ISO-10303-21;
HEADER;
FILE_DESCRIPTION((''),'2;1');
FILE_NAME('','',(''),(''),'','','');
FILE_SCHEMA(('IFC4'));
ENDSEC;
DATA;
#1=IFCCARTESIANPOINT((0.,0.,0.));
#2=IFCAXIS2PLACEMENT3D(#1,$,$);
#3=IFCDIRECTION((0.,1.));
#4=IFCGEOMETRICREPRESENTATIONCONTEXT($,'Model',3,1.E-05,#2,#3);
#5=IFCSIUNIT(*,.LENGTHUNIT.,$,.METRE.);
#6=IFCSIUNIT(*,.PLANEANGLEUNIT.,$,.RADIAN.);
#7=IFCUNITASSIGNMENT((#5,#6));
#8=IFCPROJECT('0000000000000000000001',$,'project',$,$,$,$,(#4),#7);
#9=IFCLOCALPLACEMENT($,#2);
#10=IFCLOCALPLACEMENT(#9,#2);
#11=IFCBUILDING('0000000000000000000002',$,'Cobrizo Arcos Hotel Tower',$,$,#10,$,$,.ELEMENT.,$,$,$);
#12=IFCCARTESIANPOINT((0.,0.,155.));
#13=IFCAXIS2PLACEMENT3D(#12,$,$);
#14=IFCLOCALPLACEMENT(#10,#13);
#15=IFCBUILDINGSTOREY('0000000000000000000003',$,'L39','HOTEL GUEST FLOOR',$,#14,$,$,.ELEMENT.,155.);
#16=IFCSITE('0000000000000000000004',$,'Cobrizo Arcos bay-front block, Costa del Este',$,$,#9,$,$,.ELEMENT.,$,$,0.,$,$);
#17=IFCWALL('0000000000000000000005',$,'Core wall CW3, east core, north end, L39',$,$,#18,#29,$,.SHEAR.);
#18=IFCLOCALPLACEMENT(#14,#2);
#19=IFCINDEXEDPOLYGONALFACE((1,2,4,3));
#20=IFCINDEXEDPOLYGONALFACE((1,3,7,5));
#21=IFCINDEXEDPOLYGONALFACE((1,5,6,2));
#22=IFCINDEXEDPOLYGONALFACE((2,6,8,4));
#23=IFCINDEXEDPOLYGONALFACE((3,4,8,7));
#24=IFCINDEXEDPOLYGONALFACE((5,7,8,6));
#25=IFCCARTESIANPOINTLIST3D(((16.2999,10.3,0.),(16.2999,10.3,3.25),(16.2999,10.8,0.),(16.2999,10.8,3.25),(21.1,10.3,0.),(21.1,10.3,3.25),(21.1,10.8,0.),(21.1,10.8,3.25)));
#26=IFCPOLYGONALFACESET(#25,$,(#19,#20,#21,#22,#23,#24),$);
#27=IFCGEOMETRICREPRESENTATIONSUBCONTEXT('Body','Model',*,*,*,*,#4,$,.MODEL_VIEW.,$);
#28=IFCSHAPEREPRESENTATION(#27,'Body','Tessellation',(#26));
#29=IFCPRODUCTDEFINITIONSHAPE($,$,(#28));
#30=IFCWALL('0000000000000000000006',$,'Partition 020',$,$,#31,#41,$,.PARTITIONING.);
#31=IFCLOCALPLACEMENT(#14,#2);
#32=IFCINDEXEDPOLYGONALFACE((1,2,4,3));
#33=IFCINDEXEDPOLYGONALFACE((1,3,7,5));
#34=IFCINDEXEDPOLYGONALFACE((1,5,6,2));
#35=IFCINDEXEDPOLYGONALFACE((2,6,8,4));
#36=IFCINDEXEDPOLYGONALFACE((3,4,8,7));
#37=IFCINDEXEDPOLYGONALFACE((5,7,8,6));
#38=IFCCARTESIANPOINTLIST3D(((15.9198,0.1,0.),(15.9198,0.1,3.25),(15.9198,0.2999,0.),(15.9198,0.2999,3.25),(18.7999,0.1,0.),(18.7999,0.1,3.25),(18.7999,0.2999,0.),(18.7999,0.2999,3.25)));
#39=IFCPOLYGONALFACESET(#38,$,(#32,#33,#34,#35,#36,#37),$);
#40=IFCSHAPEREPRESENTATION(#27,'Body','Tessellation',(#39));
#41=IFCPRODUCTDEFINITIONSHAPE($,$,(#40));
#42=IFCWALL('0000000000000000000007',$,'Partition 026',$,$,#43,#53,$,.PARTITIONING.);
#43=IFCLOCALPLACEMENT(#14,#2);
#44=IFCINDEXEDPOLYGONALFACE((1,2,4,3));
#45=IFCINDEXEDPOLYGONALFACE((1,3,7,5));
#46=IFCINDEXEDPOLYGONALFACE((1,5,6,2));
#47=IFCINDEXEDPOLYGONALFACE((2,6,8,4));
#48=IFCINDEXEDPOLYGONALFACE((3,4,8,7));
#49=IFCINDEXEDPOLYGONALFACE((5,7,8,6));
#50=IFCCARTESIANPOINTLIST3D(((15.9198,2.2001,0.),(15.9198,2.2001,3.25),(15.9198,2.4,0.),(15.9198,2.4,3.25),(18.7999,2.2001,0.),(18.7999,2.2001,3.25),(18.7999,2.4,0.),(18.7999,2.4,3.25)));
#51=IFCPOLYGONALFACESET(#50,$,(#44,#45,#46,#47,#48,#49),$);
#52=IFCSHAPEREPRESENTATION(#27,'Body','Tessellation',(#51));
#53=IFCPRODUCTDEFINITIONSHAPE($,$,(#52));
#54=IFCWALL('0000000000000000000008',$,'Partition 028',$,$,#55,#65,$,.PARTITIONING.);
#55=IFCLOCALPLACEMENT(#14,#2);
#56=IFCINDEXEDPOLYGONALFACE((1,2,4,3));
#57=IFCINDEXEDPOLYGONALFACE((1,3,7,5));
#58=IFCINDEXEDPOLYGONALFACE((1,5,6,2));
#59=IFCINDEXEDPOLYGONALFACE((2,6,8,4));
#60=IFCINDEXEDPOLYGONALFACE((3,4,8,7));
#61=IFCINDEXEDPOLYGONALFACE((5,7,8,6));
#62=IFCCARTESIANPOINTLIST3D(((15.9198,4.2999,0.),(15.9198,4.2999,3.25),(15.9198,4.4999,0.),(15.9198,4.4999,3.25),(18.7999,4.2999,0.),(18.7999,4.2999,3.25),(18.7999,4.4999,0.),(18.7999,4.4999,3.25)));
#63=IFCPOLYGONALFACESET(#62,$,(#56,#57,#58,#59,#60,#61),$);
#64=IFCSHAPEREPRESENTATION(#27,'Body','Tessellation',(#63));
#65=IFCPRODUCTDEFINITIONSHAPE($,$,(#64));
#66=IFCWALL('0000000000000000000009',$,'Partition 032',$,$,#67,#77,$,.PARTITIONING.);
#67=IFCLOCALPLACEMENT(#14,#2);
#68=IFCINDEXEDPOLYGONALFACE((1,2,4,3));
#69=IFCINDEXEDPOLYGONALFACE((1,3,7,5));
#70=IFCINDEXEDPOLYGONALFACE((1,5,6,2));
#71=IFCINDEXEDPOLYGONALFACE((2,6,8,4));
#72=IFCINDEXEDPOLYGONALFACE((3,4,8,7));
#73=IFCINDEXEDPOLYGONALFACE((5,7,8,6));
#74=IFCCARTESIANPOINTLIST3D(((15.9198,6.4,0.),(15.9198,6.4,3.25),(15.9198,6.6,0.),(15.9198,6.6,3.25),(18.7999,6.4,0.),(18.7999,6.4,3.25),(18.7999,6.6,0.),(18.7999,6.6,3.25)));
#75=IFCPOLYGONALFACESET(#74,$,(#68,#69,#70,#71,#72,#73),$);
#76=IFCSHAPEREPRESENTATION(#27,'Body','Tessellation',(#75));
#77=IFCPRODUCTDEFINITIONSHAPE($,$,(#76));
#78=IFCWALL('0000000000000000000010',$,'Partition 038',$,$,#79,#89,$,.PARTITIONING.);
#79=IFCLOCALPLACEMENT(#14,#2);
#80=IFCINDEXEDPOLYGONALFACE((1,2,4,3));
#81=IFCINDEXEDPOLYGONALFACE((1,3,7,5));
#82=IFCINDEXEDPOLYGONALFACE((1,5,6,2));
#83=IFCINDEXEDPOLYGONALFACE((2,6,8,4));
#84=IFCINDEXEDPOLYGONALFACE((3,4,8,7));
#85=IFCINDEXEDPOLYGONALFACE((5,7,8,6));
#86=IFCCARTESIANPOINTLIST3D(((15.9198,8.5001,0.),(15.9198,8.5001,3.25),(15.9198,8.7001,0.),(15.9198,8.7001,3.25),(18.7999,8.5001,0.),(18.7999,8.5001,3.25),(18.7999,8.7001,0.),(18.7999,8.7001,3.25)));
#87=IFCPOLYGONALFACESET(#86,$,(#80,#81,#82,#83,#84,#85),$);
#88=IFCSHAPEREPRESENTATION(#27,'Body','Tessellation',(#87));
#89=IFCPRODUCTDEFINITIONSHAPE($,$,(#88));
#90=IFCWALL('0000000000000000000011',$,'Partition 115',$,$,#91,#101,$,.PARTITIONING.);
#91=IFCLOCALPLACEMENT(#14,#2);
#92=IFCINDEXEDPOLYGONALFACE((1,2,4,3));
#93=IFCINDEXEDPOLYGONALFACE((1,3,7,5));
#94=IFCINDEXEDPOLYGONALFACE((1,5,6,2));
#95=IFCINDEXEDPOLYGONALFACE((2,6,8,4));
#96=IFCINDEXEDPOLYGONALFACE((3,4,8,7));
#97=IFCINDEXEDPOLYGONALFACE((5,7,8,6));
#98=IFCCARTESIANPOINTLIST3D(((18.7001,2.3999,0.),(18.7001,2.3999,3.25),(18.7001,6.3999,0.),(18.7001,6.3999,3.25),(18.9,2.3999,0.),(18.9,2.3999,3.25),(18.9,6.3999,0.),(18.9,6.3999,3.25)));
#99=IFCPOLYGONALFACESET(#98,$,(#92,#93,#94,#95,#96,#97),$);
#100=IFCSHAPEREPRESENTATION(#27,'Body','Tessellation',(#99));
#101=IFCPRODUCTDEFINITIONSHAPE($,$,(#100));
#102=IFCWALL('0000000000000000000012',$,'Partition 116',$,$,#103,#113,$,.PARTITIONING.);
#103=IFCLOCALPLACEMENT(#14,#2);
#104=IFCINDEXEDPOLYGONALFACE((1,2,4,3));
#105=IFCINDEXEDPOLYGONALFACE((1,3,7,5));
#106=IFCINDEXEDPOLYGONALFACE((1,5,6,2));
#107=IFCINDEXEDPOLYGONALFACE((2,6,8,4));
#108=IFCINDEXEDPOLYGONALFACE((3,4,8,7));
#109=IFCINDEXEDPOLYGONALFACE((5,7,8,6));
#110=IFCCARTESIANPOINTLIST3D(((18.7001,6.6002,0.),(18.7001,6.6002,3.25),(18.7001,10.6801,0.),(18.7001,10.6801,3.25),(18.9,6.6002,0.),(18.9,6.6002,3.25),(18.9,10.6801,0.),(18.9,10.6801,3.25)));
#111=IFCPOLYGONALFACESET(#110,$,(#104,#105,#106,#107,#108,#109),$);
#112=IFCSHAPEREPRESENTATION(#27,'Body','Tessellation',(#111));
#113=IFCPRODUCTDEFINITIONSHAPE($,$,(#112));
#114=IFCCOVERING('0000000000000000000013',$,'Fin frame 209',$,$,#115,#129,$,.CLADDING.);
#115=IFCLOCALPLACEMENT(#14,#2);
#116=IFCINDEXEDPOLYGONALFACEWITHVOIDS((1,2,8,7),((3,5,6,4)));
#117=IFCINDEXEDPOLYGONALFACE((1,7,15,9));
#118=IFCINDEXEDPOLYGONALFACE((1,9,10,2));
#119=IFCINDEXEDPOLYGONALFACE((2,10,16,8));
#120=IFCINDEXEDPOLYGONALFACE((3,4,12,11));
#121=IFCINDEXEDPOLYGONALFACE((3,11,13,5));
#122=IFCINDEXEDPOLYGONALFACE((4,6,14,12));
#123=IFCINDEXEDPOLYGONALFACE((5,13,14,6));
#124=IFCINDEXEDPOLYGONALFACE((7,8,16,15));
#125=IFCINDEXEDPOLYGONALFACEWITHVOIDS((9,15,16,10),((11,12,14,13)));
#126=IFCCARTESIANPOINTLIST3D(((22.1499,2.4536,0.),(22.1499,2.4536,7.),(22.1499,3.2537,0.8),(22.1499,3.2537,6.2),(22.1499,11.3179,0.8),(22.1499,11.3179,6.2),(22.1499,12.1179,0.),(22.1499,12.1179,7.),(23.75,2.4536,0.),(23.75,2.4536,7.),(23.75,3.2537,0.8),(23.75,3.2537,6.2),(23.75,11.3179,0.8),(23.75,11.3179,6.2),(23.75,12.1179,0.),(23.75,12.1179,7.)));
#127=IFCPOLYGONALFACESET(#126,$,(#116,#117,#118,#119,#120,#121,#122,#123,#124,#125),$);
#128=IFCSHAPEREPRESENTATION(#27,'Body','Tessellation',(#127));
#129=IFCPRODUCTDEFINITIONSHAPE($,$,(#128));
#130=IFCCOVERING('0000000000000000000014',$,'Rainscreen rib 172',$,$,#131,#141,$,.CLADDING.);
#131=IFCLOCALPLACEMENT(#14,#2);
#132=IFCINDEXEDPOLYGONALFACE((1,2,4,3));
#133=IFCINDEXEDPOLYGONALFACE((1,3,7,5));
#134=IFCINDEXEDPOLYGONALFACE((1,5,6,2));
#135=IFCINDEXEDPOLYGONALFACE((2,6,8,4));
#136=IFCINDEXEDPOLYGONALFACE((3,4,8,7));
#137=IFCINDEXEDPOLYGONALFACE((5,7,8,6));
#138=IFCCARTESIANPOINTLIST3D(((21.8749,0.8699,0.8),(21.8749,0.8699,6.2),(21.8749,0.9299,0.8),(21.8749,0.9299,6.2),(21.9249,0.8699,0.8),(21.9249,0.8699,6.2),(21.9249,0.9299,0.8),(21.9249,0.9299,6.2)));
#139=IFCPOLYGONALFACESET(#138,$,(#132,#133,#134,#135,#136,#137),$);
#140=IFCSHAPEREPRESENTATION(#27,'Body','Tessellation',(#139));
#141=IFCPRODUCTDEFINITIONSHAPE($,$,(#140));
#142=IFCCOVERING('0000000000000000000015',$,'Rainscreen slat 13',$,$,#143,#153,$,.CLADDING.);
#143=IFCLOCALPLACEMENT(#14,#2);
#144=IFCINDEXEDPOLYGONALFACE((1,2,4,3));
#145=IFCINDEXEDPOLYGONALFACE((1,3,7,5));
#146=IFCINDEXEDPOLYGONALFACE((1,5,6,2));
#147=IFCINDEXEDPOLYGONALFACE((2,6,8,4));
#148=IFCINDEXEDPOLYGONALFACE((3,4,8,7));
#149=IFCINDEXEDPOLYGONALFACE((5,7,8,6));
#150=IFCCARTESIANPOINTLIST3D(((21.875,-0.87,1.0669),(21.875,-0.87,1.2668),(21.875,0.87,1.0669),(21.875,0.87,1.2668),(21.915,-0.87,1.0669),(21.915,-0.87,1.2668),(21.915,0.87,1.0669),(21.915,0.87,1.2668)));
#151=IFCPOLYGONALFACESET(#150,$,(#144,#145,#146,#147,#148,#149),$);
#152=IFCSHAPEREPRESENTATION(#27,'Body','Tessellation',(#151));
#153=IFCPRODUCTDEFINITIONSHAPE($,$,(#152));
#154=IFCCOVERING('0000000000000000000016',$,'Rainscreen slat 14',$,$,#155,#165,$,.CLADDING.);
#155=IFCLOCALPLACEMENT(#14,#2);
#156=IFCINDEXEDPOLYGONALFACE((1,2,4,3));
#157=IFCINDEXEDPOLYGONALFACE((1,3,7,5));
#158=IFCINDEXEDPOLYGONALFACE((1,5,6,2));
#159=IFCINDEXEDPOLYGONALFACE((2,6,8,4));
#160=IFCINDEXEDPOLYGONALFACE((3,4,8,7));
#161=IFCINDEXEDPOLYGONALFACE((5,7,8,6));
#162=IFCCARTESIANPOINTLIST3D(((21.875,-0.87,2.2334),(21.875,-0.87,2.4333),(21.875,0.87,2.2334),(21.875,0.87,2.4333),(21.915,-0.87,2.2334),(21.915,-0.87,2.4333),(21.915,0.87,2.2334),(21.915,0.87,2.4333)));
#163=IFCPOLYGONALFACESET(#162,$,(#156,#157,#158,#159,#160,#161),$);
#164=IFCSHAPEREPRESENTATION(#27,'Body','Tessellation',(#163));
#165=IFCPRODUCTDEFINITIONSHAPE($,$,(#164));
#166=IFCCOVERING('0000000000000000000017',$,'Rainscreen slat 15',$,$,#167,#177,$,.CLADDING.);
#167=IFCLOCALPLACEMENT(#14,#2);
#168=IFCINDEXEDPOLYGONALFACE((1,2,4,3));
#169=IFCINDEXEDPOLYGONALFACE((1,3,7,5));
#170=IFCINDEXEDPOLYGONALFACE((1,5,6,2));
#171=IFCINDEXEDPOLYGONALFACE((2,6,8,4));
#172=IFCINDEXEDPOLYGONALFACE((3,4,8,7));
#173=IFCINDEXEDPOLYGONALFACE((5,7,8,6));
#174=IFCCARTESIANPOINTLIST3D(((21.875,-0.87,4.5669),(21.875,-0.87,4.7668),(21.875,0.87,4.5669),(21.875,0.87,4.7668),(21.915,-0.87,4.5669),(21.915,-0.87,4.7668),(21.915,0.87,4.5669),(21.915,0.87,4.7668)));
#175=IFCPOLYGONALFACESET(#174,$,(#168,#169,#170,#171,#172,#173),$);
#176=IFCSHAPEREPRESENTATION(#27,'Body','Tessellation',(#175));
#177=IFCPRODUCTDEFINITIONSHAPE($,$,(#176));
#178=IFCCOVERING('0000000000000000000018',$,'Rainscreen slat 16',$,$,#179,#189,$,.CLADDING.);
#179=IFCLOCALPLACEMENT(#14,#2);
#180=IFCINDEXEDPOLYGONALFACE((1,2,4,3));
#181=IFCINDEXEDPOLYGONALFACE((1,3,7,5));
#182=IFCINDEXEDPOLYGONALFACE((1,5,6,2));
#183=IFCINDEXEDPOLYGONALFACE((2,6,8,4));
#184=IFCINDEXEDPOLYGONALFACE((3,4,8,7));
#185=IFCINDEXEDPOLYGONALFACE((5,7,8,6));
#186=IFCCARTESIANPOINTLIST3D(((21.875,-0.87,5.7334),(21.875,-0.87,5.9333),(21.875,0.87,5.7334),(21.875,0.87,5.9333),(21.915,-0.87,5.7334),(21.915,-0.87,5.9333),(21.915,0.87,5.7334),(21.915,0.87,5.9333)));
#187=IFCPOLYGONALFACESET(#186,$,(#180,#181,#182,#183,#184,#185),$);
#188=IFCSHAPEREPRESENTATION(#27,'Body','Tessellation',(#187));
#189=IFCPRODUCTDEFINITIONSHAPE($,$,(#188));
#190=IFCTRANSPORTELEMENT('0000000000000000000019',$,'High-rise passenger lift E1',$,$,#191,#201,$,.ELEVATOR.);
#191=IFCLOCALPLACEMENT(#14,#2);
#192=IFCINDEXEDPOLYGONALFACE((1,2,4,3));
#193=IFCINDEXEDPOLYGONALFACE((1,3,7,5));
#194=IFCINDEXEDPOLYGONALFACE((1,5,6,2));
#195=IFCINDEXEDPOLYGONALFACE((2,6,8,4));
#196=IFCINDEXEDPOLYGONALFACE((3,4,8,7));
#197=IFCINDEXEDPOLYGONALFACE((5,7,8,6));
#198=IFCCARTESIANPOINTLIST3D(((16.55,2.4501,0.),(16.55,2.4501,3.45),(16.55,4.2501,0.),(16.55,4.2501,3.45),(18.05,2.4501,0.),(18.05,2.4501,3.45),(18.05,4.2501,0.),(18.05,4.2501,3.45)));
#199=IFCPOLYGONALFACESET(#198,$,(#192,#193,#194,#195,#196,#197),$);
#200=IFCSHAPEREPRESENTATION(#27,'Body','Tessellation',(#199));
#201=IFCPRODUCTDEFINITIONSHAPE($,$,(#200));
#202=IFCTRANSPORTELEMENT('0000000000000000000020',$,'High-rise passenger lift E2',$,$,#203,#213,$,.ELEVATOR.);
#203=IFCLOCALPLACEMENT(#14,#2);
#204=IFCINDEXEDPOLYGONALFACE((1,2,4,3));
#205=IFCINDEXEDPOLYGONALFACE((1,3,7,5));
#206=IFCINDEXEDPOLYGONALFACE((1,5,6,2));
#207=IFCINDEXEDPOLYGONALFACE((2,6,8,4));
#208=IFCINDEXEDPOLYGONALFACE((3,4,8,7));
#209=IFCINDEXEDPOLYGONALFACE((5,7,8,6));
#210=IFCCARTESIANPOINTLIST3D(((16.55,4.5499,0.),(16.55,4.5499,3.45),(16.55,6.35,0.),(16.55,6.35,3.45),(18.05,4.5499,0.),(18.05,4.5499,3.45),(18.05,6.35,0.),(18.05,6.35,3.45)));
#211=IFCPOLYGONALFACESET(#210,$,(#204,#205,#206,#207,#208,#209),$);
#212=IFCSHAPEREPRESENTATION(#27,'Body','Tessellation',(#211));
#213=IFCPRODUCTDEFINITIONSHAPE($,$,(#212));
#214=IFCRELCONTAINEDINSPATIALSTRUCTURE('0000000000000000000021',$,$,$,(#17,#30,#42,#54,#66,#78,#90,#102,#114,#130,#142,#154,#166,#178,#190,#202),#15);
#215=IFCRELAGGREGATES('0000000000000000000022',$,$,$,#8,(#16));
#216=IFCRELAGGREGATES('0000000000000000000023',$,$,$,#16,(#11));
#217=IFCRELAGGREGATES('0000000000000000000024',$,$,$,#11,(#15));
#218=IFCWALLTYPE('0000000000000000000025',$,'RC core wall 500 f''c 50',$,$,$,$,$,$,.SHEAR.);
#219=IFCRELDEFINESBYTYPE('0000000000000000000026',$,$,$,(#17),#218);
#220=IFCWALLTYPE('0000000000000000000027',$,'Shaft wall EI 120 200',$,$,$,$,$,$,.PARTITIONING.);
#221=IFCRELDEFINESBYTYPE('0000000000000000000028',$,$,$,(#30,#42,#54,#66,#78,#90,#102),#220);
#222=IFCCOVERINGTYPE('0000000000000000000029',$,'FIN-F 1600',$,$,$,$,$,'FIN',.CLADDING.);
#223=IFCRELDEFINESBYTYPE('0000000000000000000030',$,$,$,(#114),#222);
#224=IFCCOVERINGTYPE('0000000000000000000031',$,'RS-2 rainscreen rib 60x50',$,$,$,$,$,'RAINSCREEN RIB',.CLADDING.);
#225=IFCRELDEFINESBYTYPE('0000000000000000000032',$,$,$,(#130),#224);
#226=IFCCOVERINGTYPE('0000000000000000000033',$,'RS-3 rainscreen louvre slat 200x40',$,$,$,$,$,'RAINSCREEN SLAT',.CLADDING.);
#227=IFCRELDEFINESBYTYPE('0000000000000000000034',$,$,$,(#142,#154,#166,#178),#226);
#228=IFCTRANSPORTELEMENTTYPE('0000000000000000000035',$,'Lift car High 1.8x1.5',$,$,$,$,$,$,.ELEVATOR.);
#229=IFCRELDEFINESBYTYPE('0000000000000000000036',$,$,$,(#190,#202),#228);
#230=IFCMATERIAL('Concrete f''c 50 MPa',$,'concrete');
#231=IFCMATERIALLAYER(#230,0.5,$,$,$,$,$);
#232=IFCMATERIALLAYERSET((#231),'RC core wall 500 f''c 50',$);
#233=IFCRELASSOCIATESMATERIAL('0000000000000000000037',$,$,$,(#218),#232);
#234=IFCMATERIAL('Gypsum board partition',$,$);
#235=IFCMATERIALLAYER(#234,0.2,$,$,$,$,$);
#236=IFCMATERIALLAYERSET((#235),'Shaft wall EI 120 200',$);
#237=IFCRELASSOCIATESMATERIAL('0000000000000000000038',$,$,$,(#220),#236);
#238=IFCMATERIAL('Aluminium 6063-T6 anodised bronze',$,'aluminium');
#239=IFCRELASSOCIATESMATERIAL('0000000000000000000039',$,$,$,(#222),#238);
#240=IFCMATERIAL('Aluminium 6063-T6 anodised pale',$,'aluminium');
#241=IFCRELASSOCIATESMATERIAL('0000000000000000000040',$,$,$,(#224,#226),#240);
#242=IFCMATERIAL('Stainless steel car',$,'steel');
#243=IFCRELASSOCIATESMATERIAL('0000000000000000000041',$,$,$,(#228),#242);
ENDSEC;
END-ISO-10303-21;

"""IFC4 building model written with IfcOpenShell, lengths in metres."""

from ifc_helpers import new_model, si_unit, direction, frame, frame_2d, origin, origin_2d, place, context, subcontext, project, spatial, polyline, rectangle, outline, extrude, material, layer, layer_set, type_object, element, save


model = new_model("IFC4")

# Units and contexts
model_context = context("Model", 3, precision=1e-05, world=origin(), true_north=direction((0.0, 1.0)))
body_context = subcontext(model_context, "Body", "Model", "MODEL_VIEW")
ifc_project = project(units=[si_unit("LENGTHUNIT", "METRE"), si_unit("PLANEANGLEUNIT", "RADIAN")], contexts=[model_context])

# Site, building, storey
site_placement = place(None, origin())
site = spatial("IfcSite", under=ifc_project, at=site_placement, Name="Cobrizo Arcos bay-front block, Costa del Este", CompositionType="ELEMENT", RefElevation=0.0)
building_placement = place(site_placement, origin())
building = spatial("IfcBuilding", under=site, at=building_placement, Name="Cobrizo Arcos Hotel Tower", CompositionType="ELEMENT")
storey_placement = place(building_placement, frame((0.0, 0.0, 155.0)))
storey = spatial("IfcBuildingStorey", under=building, at=storey_placement, Name="L39", Description="HOTEL GUEST FLOOR", CompositionType="ELEMENT", Elevation=155.0)

# Shared definitions
ifc_material_1 = material(Name="Aluminium 6063-T6 anodised bronze", Category="aluminium")

# Shared definitions
ifc_material_2 = material(Name="Gypsum board partition")

# Walls
ifc_material_3 = material(Name="Concrete f'c 50 MPa", Category="concrete")
ifc_layer_1 = layer(ifc_material_3, 0.5)
ifc_layer_set_1 = layer_set([ifc_layer_1], Name="RC core wall 500 f'c 50")
wall_type_1 = type_object("IfcWallType", Name="RC core wall 500 f'c 50", PredefinedType="SHEAR", material=ifc_layer_set_1)
wall_1_placement = place(storey_placement, frame((16.3, 10.55, 0.0), z_axis=(0.0, 0.0, 1.0), x_axis=(1.0, 0.0, 0.0)))
element("IfcWall", 1, at=wall_1_placement, inside=storey, type_object=wall_type_1, Name="Core wall CW3, east core, north end, L39", PredefinedType="SHEAR", context=body_context, shape_type="SweptSolid", body=[
    extrude(rectangle(XDim=4.8, YDim=0.5, at=frame_2d((2.3999, 0.0))), origin(), (0.0, 0.0, 1.0), 3.25),
])
ifc_layer_2 = layer(ifc_material_2, 0.2)
ifc_layer_set_2 = layer_set([ifc_layer_2], Name="Shaft wall EI 120 200")
wall_type_2 = type_object("IfcWallType", Name="Shaft wall EI 120 200", PredefinedType="PARTITIONING", material=ifc_layer_set_2)
for number, where, z_axis, x_axis, name in (
    (2, (15.9199, 0.2, 0.0), (0.0, 0.0, 1.0), (1.0, 0.0, 0.0), "Partition 020"),
    (3, (15.9199, 2.3, 0.0), (0.0, 0.0, 1.0), (1.0, 0.0, 0.0), "Partition 026"),
    (4, (15.9199, 4.3999, 0.0), (0.0, 0.0, 1.0), (1.0, 0.0, 0.0), "Partition 028"),
    (5, (15.9199, 6.5, 0.0), (0.0, 0.0, 1.0), (1.0, 0.0, 0.0), "Partition 032"),
    (6, (15.9199, 8.6001, 0.0), (0.0, 0.0, 1.0), (1.0, 0.0, 0.0), "Partition 038"),
):
    element("IfcWall", number, at=place(storey_placement, frame(where, z_axis=z_axis, x_axis=x_axis)), inside=storey, type_object=wall_type_2, Name=name, PredefinedType="PARTITIONING", context=body_context, shape_type="SweptSolid", body=[
        extrude(rectangle(XDim=2.8801, YDim=0.2, at=frame_2d((1.4399, 0.0))), origin(), (0.0, 0.0, 1.0), 3.25),
    ])
wall_2_placement = place(storey_placement, frame((18.8, 2.3999, 0.0), z_axis=(0.0, 0.0, 1.0), x_axis=(0.0, 1.0, 0.0)))
element("IfcWall", 7, at=wall_2_placement, inside=storey, type_object=wall_type_2, Name="Partition 115", PredefinedType="PARTITIONING", context=body_context, shape_type="SweptSolid", body=[
    extrude(rectangle(XDim=4.0, YDim=0.2, at=frame_2d((2.0, 0.0))), origin(), (0.0, 0.0, 1.0), 3.25),
])
wall_3_placement = place(storey_placement, frame((18.8, 6.6001, 0.0), z_axis=(0.0, 0.0, 1.0), x_axis=(0.0, 1.0, 0.0)))
element("IfcWall", 8, at=wall_3_placement, inside=storey, type_object=wall_type_2, Name="Partition 116", PredefinedType="PARTITIONING", context=body_context, shape_type="SweptSolid", body=[
    extrude(rectangle(XDim=4.0798, YDim=0.2, at=frame_2d((2.04, 0.0))), origin(), (0.0, 0.0, 1.0), 3.25),
])

# Coverings
covering_type_1 = type_object("IfcCoveringType", Name="FIN-F 1600", ElementType="FIN", PredefinedType="CLADDING", material=ifc_material_1)
covering_1_placement = place(storey_placement, frame((22.1499, 2.4536, 0.0), z_axis=(1.0, 0.0, 0.0), x_axis=(0.0, 1.0, 0.0)))
element("IfcCovering", 9, at=covering_1_placement, inside=storey, type_object=covering_type_1, Name="Fin frame 209", PredefinedType="CLADDING", context=body_context, shape_type="SweptSolid", body=[
    extrude(outline(polyline([(0.0, 7.0), (0.0, 0.0), (9.6643, 0.0), (9.6643, 7.0), (0.0, 7.0)]), holes=[polyline([(8.8643, 0.8), (0.8, 0.8), (0.8, 6.2), (8.8643, 6.2), (8.8643, 0.8)])]), origin(), (0.0, 0.0, 1.0), 1.6001),
])
ifc_material_4 = material(Name="Aluminium 6063-T6 anodised pale", Category="aluminium")
covering_type_2 = type_object("IfcCoveringType", Name="RS-2 rainscreen rib 60x50", ElementType="RAINSCREEN RIB", PredefinedType="CLADDING", material=ifc_material_4)
covering_2_placement = place(storey_placement, frame((21.8999, 0.8999, 0.8), z_axis=(0.0, 0.0, 1.0), x_axis=(0.0, 1.0, 0.0)))
element("IfcCovering", 10, at=covering_2_placement, inside=storey, type_object=covering_type_2, Name="Rainscreen rib 172", PredefinedType="CLADDING", context=body_context, shape_type="SweptSolid", body=[
    extrude(rectangle(XDim=0.0601, YDim=0.05, at=origin_2d()), origin(), (0.0, 0.0, 1.0), 5.3999),
])
covering_type_3 = type_object("IfcCoveringType", Name="RS-3 rainscreen louvre slat 200x40", ElementType="RAINSCREEN SLAT", PredefinedType="CLADDING", material=ifc_material_4)
for number, where, z_axis, x_axis, name in (
    (11, (21.895, 0.0, 1.0669), (0.0, 0.0, 1.0), (0.0, 1.0, 0.0), "Rainscreen slat 13"),
    (12, (21.895, 0.0, 2.2334), (0.0, 0.0, 1.0), (0.0, 1.0, 0.0), "Rainscreen slat 14"),
    (13, (21.895, 0.0, 4.5669), (0.0, 0.0, 1.0), (0.0, 1.0, 0.0), "Rainscreen slat 15"),
    (14, (21.895, 0.0, 5.7334), (0.0, 0.0, 1.0), (0.0, 1.0, 0.0), "Rainscreen slat 16"),
):
    element("IfcCovering", number, at=place(storey_placement, frame(where, z_axis=z_axis, x_axis=x_axis)), inside=storey, type_object=covering_type_3, Name=name, PredefinedType="CLADDING", context=body_context, shape_type="SweptSolid", body=[
        extrude(rectangle(XDim=1.74, YDim=0.04, at=origin_2d()), origin(), (0.0, 0.0, 1.0), 0.2),
    ])

# Transport elements
ifc_material_5 = material(Name="Stainless steel car", Category="steel")
transport_element_type = type_object("IfcTransportElementType", Name="Lift car High 1.8x1.5", PredefinedType="ELEVATOR", material=ifc_material_5)
for number, where, z_axis, x_axis, name in (
    (15, (17.3, 3.3501, 0.0), (0.0, 0.0, 1.0), (1.0, 0.0, 0.0), "High-rise passenger lift E1"),
    (16, (17.3, 5.45, 0.0), (0.0, 0.0, 1.0), (1.0, 0.0, 0.0), "High-rise passenger lift E2"),
):
    element("IfcTransportElement", number, at=place(storey_placement, frame(where, z_axis=z_axis, x_axis=x_axis)), inside=storey, type_object=transport_element_type, Name=name, PredefinedType="ELEVATOR", context=body_context, shape_type="SweptSolid", body=[
        extrude(rectangle(XDim=1.5, YDim=1.8, at=origin_2d()), origin(), (0.0, 0.0, 1.0), 3.45),
    ])

save(model, "model.ifc")
